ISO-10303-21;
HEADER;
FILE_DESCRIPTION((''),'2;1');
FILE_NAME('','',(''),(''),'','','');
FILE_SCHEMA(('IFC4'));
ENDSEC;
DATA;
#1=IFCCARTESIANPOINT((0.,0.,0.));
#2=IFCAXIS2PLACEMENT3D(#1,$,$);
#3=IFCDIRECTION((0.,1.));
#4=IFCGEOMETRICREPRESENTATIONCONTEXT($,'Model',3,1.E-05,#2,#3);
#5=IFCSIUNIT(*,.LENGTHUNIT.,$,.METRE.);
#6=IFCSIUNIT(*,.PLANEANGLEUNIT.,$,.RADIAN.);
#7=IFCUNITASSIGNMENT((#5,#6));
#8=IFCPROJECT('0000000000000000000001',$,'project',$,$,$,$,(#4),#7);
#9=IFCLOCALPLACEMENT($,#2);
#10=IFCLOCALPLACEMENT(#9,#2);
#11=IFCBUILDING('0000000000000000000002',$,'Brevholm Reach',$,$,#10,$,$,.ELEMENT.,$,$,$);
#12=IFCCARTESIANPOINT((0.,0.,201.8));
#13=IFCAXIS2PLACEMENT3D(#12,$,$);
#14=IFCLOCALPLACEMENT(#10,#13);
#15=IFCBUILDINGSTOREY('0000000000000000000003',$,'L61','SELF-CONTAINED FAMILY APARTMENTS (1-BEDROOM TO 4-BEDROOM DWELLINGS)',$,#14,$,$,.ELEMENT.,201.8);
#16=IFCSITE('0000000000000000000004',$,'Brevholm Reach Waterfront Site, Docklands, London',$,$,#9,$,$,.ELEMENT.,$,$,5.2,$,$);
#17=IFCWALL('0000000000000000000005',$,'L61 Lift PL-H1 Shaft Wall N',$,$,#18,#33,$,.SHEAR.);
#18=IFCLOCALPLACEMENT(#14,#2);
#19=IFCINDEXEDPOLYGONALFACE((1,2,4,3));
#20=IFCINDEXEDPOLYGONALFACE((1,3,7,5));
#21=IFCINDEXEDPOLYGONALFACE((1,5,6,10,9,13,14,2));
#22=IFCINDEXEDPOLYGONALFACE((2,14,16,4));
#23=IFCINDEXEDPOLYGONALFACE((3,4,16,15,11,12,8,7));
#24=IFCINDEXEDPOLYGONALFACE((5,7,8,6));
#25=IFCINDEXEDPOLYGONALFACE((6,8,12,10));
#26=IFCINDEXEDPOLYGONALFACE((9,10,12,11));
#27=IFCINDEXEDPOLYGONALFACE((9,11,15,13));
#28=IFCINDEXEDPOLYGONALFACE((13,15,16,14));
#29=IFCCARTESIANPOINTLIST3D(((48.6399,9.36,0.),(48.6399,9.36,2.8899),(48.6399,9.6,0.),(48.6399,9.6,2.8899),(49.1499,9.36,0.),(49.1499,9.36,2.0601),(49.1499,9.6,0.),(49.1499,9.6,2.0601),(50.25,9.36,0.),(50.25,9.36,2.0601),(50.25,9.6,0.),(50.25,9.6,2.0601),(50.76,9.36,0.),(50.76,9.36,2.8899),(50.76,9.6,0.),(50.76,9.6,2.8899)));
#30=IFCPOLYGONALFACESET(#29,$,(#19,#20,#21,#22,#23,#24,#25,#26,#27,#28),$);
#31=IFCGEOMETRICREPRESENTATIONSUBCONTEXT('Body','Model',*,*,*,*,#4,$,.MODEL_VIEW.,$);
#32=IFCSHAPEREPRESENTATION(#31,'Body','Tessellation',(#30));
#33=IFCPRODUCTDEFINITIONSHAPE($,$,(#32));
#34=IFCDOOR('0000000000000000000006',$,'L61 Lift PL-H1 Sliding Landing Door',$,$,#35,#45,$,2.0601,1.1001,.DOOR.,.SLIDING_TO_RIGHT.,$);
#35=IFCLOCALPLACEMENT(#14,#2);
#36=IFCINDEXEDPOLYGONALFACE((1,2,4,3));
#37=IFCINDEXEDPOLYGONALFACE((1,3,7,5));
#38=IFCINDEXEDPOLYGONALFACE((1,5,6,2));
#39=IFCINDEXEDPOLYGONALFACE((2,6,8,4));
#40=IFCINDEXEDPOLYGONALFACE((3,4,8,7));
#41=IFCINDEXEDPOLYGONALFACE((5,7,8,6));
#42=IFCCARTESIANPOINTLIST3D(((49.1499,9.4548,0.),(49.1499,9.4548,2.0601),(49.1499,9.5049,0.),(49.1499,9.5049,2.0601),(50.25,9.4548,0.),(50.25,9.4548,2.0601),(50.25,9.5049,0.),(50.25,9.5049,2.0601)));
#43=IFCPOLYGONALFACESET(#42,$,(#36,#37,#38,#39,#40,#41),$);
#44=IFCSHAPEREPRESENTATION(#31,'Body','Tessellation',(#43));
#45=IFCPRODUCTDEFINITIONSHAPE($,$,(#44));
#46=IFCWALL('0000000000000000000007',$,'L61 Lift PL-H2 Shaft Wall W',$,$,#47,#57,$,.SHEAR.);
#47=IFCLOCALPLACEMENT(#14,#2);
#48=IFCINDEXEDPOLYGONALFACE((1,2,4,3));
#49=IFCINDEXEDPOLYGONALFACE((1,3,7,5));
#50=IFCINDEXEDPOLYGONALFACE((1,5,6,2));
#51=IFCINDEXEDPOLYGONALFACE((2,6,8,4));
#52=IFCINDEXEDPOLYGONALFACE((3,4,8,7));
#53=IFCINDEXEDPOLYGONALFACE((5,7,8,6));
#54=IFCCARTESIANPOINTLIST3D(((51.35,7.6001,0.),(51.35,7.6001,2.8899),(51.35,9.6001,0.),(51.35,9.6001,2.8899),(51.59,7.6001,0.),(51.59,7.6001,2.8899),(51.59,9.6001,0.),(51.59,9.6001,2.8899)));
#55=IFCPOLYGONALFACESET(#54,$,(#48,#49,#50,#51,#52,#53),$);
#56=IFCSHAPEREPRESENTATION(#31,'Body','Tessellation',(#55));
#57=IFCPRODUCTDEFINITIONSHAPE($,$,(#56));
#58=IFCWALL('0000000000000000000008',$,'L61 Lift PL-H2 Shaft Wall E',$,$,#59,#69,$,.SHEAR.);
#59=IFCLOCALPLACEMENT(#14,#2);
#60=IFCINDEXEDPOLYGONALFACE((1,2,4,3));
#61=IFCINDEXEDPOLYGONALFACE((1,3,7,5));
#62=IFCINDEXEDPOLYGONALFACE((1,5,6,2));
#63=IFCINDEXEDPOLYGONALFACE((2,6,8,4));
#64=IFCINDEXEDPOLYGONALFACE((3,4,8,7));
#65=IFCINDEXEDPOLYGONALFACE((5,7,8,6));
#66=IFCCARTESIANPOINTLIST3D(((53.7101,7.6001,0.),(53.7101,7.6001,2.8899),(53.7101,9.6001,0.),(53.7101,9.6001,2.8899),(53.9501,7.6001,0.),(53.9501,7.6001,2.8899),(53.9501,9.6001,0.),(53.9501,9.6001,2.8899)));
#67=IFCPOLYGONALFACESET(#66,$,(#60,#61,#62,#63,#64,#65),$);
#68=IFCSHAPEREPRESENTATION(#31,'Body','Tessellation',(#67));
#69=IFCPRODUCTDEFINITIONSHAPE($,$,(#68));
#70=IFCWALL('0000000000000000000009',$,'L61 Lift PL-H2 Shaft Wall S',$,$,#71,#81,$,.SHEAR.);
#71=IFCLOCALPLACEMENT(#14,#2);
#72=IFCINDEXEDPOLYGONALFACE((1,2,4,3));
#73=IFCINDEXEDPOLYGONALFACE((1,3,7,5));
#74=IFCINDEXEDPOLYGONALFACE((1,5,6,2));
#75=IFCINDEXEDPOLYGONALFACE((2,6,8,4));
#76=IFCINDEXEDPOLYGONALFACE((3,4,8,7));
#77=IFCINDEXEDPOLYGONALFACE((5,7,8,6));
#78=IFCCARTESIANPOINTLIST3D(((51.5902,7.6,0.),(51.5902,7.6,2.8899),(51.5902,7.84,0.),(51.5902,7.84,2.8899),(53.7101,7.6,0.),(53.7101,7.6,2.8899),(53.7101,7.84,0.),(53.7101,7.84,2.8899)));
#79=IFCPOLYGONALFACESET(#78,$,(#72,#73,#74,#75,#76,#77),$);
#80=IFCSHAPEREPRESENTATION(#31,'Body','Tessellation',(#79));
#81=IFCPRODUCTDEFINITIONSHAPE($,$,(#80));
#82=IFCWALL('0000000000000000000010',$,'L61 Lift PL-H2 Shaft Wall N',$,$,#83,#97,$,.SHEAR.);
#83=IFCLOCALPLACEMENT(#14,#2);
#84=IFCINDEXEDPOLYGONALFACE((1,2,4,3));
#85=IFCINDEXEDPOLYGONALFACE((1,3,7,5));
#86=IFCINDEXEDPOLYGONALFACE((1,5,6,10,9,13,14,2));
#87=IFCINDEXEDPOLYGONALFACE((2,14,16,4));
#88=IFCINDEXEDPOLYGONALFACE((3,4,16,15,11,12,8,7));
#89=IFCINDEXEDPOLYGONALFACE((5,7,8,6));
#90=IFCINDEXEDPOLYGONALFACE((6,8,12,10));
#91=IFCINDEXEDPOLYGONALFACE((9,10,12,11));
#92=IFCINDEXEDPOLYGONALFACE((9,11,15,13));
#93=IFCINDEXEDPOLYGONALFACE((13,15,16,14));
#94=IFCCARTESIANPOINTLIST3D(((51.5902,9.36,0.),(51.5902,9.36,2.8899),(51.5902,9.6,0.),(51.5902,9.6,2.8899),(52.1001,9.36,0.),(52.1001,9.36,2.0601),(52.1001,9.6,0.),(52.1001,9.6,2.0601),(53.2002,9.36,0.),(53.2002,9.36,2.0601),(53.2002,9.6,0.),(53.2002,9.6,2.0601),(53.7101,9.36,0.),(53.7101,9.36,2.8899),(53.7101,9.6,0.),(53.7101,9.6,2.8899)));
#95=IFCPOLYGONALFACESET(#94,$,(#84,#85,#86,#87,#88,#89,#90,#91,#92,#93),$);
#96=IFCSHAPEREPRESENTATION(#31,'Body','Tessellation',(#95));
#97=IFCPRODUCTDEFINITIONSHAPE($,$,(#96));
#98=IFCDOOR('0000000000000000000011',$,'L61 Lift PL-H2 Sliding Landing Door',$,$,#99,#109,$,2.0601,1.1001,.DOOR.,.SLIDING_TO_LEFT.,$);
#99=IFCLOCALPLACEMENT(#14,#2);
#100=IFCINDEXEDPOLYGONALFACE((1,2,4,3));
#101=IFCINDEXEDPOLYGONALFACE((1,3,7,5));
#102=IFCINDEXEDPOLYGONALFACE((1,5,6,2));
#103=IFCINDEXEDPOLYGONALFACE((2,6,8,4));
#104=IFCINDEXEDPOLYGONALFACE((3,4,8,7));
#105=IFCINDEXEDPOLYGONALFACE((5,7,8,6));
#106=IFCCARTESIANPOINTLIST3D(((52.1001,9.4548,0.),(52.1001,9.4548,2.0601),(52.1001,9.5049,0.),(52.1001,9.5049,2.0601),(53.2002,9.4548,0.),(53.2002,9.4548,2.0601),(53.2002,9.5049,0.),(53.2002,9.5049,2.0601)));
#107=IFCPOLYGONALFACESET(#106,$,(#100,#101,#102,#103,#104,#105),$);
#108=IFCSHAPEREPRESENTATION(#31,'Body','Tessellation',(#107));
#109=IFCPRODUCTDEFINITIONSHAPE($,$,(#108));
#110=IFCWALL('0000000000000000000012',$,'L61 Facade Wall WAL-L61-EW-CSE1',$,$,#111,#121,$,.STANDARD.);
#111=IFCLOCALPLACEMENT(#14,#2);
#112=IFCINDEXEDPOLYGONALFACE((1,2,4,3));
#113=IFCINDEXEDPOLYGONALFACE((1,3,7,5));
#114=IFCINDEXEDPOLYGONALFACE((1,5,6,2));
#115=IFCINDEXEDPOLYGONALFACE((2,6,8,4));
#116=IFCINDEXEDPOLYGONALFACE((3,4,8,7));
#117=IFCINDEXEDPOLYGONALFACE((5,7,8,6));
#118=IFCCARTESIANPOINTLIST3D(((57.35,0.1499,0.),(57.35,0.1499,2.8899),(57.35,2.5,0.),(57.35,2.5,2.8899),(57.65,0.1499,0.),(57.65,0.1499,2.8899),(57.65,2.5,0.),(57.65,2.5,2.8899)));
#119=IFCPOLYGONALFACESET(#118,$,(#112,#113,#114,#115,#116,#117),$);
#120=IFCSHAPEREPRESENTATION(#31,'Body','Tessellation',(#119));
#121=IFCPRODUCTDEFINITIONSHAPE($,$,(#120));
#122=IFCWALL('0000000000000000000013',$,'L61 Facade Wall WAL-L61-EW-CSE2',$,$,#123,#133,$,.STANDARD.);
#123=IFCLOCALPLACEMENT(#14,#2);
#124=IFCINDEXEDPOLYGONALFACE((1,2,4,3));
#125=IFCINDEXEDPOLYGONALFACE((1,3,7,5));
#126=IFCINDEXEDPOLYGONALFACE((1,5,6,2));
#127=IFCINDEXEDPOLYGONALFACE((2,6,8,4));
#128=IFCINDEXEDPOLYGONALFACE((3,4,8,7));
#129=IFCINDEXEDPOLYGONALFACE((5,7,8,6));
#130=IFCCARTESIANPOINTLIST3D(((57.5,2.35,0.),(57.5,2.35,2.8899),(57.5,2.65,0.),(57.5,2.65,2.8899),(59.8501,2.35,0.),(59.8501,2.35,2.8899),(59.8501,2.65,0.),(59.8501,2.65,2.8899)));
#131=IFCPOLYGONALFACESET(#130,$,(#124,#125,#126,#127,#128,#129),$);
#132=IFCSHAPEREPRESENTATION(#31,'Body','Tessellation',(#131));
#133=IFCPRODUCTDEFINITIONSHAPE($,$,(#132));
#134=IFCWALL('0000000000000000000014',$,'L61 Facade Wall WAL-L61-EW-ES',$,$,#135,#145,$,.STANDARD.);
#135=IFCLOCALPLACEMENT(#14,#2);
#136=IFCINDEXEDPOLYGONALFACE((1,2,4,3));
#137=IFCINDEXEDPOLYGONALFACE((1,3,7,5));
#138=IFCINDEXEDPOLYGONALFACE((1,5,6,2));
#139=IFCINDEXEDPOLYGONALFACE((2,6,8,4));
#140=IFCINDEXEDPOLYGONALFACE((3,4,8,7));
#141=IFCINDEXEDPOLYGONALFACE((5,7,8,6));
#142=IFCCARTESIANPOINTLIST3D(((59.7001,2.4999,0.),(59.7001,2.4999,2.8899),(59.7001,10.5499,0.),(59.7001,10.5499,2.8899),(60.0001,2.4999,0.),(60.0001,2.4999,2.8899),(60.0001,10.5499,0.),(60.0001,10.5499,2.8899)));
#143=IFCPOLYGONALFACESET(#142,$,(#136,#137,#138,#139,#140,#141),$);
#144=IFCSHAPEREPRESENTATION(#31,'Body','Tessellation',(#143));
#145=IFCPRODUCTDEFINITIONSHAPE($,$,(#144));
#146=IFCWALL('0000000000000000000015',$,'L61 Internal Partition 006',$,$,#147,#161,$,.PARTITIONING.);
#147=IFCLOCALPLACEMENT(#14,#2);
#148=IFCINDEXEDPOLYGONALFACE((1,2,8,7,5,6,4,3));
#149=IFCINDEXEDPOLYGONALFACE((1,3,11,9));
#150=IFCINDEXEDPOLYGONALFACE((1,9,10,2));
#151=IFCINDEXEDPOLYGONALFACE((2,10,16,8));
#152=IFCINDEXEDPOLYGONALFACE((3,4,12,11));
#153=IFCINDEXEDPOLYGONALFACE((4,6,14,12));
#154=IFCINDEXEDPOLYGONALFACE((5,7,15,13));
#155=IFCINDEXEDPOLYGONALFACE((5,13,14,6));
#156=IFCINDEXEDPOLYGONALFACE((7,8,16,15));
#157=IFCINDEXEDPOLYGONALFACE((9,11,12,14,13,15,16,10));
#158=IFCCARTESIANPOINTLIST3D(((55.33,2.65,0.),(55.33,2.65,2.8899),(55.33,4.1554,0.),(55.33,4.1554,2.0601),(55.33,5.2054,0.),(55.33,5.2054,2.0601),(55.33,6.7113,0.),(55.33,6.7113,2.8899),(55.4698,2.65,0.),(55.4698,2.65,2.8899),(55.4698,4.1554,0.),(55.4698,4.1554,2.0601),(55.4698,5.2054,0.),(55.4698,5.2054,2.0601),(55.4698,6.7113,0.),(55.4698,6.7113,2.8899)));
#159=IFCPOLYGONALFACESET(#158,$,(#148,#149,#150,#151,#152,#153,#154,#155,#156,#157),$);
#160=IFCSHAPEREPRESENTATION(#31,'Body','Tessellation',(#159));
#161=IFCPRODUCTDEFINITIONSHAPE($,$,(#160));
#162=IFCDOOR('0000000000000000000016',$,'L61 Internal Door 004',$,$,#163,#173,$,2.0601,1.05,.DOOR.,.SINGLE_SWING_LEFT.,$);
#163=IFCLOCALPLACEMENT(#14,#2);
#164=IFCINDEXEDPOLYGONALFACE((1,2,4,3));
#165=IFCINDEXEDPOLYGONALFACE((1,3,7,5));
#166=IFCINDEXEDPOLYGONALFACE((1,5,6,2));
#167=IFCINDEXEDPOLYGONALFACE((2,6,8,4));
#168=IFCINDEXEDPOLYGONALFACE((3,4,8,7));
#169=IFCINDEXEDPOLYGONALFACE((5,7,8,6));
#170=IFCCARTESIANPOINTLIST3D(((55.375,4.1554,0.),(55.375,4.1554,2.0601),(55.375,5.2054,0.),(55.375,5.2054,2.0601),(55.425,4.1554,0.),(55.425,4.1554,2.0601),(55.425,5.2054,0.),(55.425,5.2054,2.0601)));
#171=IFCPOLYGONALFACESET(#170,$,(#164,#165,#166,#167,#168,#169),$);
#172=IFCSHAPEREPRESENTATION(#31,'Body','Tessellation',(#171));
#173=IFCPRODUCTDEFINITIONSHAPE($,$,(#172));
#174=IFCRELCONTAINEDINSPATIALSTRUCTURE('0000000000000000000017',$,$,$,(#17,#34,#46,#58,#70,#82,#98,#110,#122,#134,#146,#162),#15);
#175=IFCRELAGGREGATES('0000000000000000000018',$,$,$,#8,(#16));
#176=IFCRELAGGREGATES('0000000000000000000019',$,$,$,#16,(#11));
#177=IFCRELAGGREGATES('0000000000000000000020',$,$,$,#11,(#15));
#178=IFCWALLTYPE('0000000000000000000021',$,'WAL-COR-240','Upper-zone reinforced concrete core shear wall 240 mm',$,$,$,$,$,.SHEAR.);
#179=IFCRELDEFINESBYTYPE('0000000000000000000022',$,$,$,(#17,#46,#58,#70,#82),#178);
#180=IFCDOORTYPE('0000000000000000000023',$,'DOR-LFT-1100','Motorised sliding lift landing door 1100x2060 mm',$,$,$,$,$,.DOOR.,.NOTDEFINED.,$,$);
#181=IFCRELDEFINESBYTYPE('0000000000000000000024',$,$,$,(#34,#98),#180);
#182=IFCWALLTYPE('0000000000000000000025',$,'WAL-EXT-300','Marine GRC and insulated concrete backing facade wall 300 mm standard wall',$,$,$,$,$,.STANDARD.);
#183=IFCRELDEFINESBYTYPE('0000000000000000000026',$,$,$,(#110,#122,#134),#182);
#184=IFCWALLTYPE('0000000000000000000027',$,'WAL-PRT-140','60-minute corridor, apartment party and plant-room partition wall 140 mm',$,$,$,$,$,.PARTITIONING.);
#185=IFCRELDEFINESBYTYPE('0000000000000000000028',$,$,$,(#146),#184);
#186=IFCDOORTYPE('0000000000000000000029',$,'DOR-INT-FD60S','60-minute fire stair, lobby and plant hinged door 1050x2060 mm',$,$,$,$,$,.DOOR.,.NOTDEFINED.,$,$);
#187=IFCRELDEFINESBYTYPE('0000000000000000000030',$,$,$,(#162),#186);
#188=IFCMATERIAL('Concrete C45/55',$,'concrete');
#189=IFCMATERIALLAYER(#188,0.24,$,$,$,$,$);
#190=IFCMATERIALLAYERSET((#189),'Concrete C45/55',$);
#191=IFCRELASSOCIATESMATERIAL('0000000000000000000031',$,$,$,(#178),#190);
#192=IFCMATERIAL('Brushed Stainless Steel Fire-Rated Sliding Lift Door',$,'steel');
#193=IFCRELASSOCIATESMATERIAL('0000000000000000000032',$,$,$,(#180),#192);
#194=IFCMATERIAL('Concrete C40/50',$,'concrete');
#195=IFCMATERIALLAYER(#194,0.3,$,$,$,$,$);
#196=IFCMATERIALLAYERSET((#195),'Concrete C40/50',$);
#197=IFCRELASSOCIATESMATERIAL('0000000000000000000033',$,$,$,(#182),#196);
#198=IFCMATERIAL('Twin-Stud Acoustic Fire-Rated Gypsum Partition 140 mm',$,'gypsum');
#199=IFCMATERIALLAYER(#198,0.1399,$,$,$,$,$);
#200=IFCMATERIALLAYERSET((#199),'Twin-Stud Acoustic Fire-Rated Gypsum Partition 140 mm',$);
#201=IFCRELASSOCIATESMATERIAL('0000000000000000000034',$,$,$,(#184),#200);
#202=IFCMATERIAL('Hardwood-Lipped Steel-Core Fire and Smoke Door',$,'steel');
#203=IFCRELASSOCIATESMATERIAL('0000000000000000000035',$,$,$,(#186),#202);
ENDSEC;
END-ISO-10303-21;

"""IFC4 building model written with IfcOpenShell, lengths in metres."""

from ifc_helpers import new_model, si_unit, direction, frame, frame_2d, origin, place, context, subcontext, project, spatial, rectangle, extrude, material, layer, layer_set, type_object, element, fill, save


model = new_model("IFC4")

# Units and contexts
model_context = context("Model", 3, precision=1e-05, world=origin(), true_north=direction((0.0, 1.0)))
body_context = subcontext(model_context, "Body", "Model", "MODEL_VIEW")
ifc_project = project(units=[si_unit("LENGTHUNIT", "METRE"), si_unit("PLANEANGLEUNIT", "RADIAN")], contexts=[model_context])

# Site, building, storey
site_placement = place(None, origin())
site = spatial("IfcSite", under=ifc_project, at=site_placement, Name="Brevholm Reach Waterfront Site, Docklands, London", CompositionType="ELEMENT", RefElevation=5.2)
building_placement = place(site_placement, origin())
building = spatial("IfcBuilding", under=site, at=building_placement, Name="Brevholm Reach", CompositionType="ELEMENT")
storey_placement = place(building_placement, frame((0.0, 0.0, 201.8)))
storey = spatial("IfcBuildingStorey", under=building, at=storey_placement, Name="L61", Description="SELF-CONTAINED FAMILY APARTMENTS (1-BEDROOM TO 4-BEDROOM DWELLINGS)", CompositionType="ELEMENT", Elevation=201.8)

# Shared definitions
ifc_material_1 = material(Name="Concrete C45/55", Category="concrete")
ifc_layer_1 = layer(ifc_material_1, 0.24)
ifc_layer_set_1 = layer_set([ifc_layer_1], Name="Concrete C45/55")
wall_type_1 = type_object("IfcWallType", Name="WAL-COR-240", Description="Upper-zone reinforced concrete core shear wall 240 mm", PredefinedType="SHEAR", material=ifc_layer_set_1)

# Wall, opening, door
wall_1_placement = place(storey_placement, frame((48.6399, 9.48, 0.0), z_axis=(0.0, 0.0, 1.0), x_axis=(1.0, 0.0, 0.0)))
wall_1 = element("IfcWall", 1, at=wall_1_placement, inside=storey, type_object=wall_type_1, Name="L61 Lift PL-H1 Shaft Wall N", PredefinedType="SHEAR", context=body_context, shape_type="SweptSolid", body=[
    extrude(rectangle(XDim=2.1201, YDim=0.24, at=frame_2d((1.0601, 0.0))), origin(), (0.0, 0.0, 1.0), 2.8899),
])
opening_1_placement = place(wall_1_placement, frame((0.51, 0.0, 0.0)))
opening_1 = element("IfcOpeningElement", 2, at=opening_1_placement, cuts=wall_1, PredefinedType="OPENING", context=body_context, shape_type="SweptSolid", body=[
    extrude(rectangle(XDim=1.1001, YDim=2.0601, at=frame_2d((0.55, 1.03))), frame((0.0, 0.1299, 0.0), z_axis=(0.0, -1.0, 0.0), x_axis=(1.0, 0.0, 0.0)), (0.0, 0.0, 1.0), 0.26),
])
ifc_material_2 = material(Name="Brushed Stainless Steel Fire-Rated Sliding Lift Door", Category="steel")
door_type_1 = type_object("IfcDoorType", Name="DOR-LFT-1100", Description="Motorised sliding lift landing door 1100x2060 mm", OperationType="NOTDEFINED", PredefinedType="DOOR", material=ifc_material_2)
door_1_placement = place(opening_1_placement, origin())
door_1 = element("IfcDoor", 3, at=door_1_placement, inside=storey, type_object=door_type_1, Name="L61 Lift PL-H1 Sliding Landing Door", OperationType="SLIDING_TO_RIGHT", OverallHeight=2.0601, OverallWidth=1.1001, PredefinedType="DOOR", context=body_context, shape_type="SweptSolid", body=[
    extrude(rectangle(XDim=1.1001, YDim=2.0601, at=frame_2d((0.55, 1.03))), frame((0.0, 0.0249, 0.0), z_axis=(0.0, -1.0, 0.0), x_axis=(1.0, 0.0, 0.0)), (0.0, 0.0, 1.0), 0.05),
])
fill(opening_1, door_1)

# Walls
for number, where, z_axis, x_axis, name in (
    (4, (51.47, 7.6001, 0.0), (0.0, 0.0, 1.0), (0.0, 1.0, 0.0), "L61 Lift PL-H2 Shaft Wall W"),
    (5, (53.8301, 7.6001, 0.0), (0.0, 0.0, 1.0), (0.0, 1.0, 0.0), "L61 Lift PL-H2 Shaft Wall E"),
):
    element("IfcWall", number, at=place(storey_placement, frame(where, z_axis=z_axis, x_axis=x_axis)), inside=storey, type_object=wall_type_1, Name=name, PredefinedType="SHEAR", context=body_context, shape_type="SweptSolid", body=[
        extrude(rectangle(XDim=2.0, YDim=0.24, at=frame_2d((1.0, 0.0))), origin(), (0.0, 0.0, 1.0), 2.8899),
    ])
wall_2_placement = place(storey_placement, frame((51.5901, 7.72, 0.0), z_axis=(0.0, 0.0, 1.0), x_axis=(1.0, 0.0, 0.0)))
element("IfcWall", 6, at=wall_2_placement, inside=storey, type_object=wall_type_1, Name="L61 Lift PL-H2 Shaft Wall S", PredefinedType="SHEAR", context=body_context, shape_type="SweptSolid", body=[
    extrude(rectangle(XDim=2.1199, YDim=0.24, at=frame_2d((1.0601, 0.0))), origin(), (0.0, 0.0, 1.0), 2.8899),
])

# Wall, opening, door
wall_3_placement = place(storey_placement, frame((51.5901, 9.48, 0.0), z_axis=(0.0, 0.0, 1.0), x_axis=(1.0, 0.0, 0.0)))
wall_3 = element("IfcWall", 7, at=wall_3_placement, inside=storey, type_object=wall_type_1, Name="L61 Lift PL-H2 Shaft Wall N", PredefinedType="SHEAR", context=body_context, shape_type="SweptSolid", body=[
    extrude(rectangle(XDim=2.1199, YDim=0.24, at=frame_2d((1.0601, 0.0))), origin(), (0.0, 0.0, 1.0), 2.8899),
])
opening_2_placement = place(wall_3_placement, frame((0.51, 0.0, 0.0)))
opening_2 = element("IfcOpeningElement", 8, at=opening_2_placement, cuts=wall_3, PredefinedType="OPENING", context=body_context, shape_type="SweptSolid", body=[
    extrude(rectangle(XDim=1.1001, YDim=2.0601, at=frame_2d((0.55, 1.03))), frame((0.0, 0.1299, 0.0), z_axis=(0.0, -1.0, 0.0), x_axis=(1.0, 0.0, 0.0)), (0.0, 0.0, 1.0), 0.26),
])
door_2_placement = place(opening_2_placement, origin())
door_2 = element("IfcDoor", 9, at=door_2_placement, inside=storey, type_object=door_type_1, Name="L61 Lift PL-H2 Sliding Landing Door", OperationType="SLIDING_TO_LEFT", OverallHeight=2.0601, OverallWidth=1.1001, PredefinedType="DOOR", context=body_context, shape_type="SweptSolid", body=[
    extrude(rectangle(XDim=1.1001, YDim=2.0601, at=frame_2d((0.55, 1.03))), frame((0.0, 0.0249, 0.0), z_axis=(0.0, -1.0, 0.0), x_axis=(1.0, 0.0, 0.0)), (0.0, 0.0, 1.0), 0.05),
])
fill(opening_2, door_2)

# Walls
ifc_material_3 = material(Name="Concrete C40/50", Category="concrete")
ifc_layer_2 = layer(ifc_material_3, 0.3)
ifc_layer_set_2 = layer_set([ifc_layer_2], Name="Concrete C40/50")
wall_type_2 = type_object("IfcWallType", Name="WAL-EXT-300", Description="Marine GRC and insulated concrete backing facade wall 300 mm standard wall", PredefinedType="STANDARD", material=ifc_layer_set_2)
for number, where, z_axis, x_axis, name in (
    (10, (57.5, 0.1499, 0.0), (0.0, 0.0, 1.0), (0.0, 1.0, 0.0), "L61 Facade Wall WAL-L61-EW-CSE1"),
    (11, (57.5, 2.5, 0.0), (0.0, 0.0, 1.0), (1.0, 0.0, 0.0), "L61 Facade Wall WAL-L61-EW-CSE2"),
):
    element("IfcWall", number, at=place(storey_placement, frame(where, z_axis=z_axis, x_axis=x_axis)), inside=storey, type_object=wall_type_2, Name=name, PredefinedType="STANDARD", context=body_context, shape_type="SweptSolid", body=[
        extrude(rectangle(XDim=2.3501, YDim=0.3, at=frame_2d((1.175, 0.0))), origin(), (0.0, 0.0, 1.0), 2.8899),
    ])
wall_4_placement = place(storey_placement, frame((59.8501, 2.5, 0.0), z_axis=(0.0, 0.0, 1.0), x_axis=(0.0, 1.0, 0.0)))
element("IfcWall", 12, at=wall_4_placement, inside=storey, type_object=wall_type_2, Name="L61 Facade Wall WAL-L61-EW-ES", PredefinedType="STANDARD", context=body_context, shape_type="SweptSolid", body=[
    extrude(rectangle(XDim=8.05, YDim=0.3, at=frame_2d((4.0249, 0.0))), origin(), (0.0, 0.0, 1.0), 2.8899),
])

# Wall, opening, door
ifc_material_4 = material(Name="Twin-Stud Acoustic Fire-Rated Gypsum Partition 140 mm", Category="gypsum")
ifc_layer_3 = layer(ifc_material_4, 0.1399)
ifc_layer_set_3 = layer_set([ifc_layer_3], Name="Twin-Stud Acoustic Fire-Rated Gypsum Partition 140 mm")
wall_type_3 = type_object("IfcWallType", Name="WAL-PRT-140", Description="60-minute corridor, apartment party and plant-room partition wall 140 mm", PredefinedType="PARTITIONING", material=ifc_layer_set_3)
wall_5_placement = place(storey_placement, frame((55.3999, 2.6499, 0.0), z_axis=(0.0, 0.0, 1.0), x_axis=(0.0, 1.0, 0.0)))
wall_5 = element("IfcWall", 13, at=wall_5_placement, inside=storey, type_object=wall_type_3, Name="L61 Internal Partition 006", PredefinedType="PARTITIONING", context=body_context, shape_type="SweptSolid", body=[
    extrude(rectangle(XDim=4.0613, YDim=0.1399, at=frame_2d((2.0308, 0.0))), origin(), (0.0, 0.0, 1.0), 2.8899),
])
opening_3_placement = place(wall_5_placement, frame((1.5056, 0.0, 0.0)))
opening_3 = element("IfcOpeningElement", 14, at=opening_3_placement, cuts=wall_5, PredefinedType="OPENING", context=body_context, shape_type="SweptSolid", body=[
    extrude(rectangle(XDim=1.05, YDim=2.0601, at=frame_2d((0.5249, 1.03))), frame((0.0, 0.0798, 0.0), z_axis=(0.0, -1.0, 0.0), x_axis=(1.0, 0.0, 0.0)), (0.0, 0.0, 1.0), 0.1599),
])
ifc_material_5 = material(Name="Hardwood-Lipped Steel-Core Fire and Smoke Door", Category="steel")
door_type_2 = type_object("IfcDoorType", Name="DOR-INT-FD60S", Description="60-minute fire stair, lobby and plant hinged door 1050x2060 mm", OperationType="NOTDEFINED", PredefinedType="DOOR", material=ifc_material_5)
door_3_placement = place(opening_3_placement, origin())
door_3 = element("IfcDoor", 15, at=door_3_placement, inside=storey, type_object=door_type_2, Name="L61 Internal Door 004", OperationType="SINGLE_SWING_LEFT", OverallHeight=2.0601, OverallWidth=1.05, PredefinedType="DOOR", context=body_context, shape_type="SweptSolid", body=[
    extrude(rectangle(XDim=1.05, YDim=2.0601, at=frame_2d((0.5249, 1.03))), frame((0.0, 0.0249, 0.0), z_axis=(0.0, -1.0, 0.0), x_axis=(1.0, 0.0, 0.0)), (0.0, 0.0, 1.0), 0.05),
])
fill(opening_3, door_3)

save(model, "model.ifc")
